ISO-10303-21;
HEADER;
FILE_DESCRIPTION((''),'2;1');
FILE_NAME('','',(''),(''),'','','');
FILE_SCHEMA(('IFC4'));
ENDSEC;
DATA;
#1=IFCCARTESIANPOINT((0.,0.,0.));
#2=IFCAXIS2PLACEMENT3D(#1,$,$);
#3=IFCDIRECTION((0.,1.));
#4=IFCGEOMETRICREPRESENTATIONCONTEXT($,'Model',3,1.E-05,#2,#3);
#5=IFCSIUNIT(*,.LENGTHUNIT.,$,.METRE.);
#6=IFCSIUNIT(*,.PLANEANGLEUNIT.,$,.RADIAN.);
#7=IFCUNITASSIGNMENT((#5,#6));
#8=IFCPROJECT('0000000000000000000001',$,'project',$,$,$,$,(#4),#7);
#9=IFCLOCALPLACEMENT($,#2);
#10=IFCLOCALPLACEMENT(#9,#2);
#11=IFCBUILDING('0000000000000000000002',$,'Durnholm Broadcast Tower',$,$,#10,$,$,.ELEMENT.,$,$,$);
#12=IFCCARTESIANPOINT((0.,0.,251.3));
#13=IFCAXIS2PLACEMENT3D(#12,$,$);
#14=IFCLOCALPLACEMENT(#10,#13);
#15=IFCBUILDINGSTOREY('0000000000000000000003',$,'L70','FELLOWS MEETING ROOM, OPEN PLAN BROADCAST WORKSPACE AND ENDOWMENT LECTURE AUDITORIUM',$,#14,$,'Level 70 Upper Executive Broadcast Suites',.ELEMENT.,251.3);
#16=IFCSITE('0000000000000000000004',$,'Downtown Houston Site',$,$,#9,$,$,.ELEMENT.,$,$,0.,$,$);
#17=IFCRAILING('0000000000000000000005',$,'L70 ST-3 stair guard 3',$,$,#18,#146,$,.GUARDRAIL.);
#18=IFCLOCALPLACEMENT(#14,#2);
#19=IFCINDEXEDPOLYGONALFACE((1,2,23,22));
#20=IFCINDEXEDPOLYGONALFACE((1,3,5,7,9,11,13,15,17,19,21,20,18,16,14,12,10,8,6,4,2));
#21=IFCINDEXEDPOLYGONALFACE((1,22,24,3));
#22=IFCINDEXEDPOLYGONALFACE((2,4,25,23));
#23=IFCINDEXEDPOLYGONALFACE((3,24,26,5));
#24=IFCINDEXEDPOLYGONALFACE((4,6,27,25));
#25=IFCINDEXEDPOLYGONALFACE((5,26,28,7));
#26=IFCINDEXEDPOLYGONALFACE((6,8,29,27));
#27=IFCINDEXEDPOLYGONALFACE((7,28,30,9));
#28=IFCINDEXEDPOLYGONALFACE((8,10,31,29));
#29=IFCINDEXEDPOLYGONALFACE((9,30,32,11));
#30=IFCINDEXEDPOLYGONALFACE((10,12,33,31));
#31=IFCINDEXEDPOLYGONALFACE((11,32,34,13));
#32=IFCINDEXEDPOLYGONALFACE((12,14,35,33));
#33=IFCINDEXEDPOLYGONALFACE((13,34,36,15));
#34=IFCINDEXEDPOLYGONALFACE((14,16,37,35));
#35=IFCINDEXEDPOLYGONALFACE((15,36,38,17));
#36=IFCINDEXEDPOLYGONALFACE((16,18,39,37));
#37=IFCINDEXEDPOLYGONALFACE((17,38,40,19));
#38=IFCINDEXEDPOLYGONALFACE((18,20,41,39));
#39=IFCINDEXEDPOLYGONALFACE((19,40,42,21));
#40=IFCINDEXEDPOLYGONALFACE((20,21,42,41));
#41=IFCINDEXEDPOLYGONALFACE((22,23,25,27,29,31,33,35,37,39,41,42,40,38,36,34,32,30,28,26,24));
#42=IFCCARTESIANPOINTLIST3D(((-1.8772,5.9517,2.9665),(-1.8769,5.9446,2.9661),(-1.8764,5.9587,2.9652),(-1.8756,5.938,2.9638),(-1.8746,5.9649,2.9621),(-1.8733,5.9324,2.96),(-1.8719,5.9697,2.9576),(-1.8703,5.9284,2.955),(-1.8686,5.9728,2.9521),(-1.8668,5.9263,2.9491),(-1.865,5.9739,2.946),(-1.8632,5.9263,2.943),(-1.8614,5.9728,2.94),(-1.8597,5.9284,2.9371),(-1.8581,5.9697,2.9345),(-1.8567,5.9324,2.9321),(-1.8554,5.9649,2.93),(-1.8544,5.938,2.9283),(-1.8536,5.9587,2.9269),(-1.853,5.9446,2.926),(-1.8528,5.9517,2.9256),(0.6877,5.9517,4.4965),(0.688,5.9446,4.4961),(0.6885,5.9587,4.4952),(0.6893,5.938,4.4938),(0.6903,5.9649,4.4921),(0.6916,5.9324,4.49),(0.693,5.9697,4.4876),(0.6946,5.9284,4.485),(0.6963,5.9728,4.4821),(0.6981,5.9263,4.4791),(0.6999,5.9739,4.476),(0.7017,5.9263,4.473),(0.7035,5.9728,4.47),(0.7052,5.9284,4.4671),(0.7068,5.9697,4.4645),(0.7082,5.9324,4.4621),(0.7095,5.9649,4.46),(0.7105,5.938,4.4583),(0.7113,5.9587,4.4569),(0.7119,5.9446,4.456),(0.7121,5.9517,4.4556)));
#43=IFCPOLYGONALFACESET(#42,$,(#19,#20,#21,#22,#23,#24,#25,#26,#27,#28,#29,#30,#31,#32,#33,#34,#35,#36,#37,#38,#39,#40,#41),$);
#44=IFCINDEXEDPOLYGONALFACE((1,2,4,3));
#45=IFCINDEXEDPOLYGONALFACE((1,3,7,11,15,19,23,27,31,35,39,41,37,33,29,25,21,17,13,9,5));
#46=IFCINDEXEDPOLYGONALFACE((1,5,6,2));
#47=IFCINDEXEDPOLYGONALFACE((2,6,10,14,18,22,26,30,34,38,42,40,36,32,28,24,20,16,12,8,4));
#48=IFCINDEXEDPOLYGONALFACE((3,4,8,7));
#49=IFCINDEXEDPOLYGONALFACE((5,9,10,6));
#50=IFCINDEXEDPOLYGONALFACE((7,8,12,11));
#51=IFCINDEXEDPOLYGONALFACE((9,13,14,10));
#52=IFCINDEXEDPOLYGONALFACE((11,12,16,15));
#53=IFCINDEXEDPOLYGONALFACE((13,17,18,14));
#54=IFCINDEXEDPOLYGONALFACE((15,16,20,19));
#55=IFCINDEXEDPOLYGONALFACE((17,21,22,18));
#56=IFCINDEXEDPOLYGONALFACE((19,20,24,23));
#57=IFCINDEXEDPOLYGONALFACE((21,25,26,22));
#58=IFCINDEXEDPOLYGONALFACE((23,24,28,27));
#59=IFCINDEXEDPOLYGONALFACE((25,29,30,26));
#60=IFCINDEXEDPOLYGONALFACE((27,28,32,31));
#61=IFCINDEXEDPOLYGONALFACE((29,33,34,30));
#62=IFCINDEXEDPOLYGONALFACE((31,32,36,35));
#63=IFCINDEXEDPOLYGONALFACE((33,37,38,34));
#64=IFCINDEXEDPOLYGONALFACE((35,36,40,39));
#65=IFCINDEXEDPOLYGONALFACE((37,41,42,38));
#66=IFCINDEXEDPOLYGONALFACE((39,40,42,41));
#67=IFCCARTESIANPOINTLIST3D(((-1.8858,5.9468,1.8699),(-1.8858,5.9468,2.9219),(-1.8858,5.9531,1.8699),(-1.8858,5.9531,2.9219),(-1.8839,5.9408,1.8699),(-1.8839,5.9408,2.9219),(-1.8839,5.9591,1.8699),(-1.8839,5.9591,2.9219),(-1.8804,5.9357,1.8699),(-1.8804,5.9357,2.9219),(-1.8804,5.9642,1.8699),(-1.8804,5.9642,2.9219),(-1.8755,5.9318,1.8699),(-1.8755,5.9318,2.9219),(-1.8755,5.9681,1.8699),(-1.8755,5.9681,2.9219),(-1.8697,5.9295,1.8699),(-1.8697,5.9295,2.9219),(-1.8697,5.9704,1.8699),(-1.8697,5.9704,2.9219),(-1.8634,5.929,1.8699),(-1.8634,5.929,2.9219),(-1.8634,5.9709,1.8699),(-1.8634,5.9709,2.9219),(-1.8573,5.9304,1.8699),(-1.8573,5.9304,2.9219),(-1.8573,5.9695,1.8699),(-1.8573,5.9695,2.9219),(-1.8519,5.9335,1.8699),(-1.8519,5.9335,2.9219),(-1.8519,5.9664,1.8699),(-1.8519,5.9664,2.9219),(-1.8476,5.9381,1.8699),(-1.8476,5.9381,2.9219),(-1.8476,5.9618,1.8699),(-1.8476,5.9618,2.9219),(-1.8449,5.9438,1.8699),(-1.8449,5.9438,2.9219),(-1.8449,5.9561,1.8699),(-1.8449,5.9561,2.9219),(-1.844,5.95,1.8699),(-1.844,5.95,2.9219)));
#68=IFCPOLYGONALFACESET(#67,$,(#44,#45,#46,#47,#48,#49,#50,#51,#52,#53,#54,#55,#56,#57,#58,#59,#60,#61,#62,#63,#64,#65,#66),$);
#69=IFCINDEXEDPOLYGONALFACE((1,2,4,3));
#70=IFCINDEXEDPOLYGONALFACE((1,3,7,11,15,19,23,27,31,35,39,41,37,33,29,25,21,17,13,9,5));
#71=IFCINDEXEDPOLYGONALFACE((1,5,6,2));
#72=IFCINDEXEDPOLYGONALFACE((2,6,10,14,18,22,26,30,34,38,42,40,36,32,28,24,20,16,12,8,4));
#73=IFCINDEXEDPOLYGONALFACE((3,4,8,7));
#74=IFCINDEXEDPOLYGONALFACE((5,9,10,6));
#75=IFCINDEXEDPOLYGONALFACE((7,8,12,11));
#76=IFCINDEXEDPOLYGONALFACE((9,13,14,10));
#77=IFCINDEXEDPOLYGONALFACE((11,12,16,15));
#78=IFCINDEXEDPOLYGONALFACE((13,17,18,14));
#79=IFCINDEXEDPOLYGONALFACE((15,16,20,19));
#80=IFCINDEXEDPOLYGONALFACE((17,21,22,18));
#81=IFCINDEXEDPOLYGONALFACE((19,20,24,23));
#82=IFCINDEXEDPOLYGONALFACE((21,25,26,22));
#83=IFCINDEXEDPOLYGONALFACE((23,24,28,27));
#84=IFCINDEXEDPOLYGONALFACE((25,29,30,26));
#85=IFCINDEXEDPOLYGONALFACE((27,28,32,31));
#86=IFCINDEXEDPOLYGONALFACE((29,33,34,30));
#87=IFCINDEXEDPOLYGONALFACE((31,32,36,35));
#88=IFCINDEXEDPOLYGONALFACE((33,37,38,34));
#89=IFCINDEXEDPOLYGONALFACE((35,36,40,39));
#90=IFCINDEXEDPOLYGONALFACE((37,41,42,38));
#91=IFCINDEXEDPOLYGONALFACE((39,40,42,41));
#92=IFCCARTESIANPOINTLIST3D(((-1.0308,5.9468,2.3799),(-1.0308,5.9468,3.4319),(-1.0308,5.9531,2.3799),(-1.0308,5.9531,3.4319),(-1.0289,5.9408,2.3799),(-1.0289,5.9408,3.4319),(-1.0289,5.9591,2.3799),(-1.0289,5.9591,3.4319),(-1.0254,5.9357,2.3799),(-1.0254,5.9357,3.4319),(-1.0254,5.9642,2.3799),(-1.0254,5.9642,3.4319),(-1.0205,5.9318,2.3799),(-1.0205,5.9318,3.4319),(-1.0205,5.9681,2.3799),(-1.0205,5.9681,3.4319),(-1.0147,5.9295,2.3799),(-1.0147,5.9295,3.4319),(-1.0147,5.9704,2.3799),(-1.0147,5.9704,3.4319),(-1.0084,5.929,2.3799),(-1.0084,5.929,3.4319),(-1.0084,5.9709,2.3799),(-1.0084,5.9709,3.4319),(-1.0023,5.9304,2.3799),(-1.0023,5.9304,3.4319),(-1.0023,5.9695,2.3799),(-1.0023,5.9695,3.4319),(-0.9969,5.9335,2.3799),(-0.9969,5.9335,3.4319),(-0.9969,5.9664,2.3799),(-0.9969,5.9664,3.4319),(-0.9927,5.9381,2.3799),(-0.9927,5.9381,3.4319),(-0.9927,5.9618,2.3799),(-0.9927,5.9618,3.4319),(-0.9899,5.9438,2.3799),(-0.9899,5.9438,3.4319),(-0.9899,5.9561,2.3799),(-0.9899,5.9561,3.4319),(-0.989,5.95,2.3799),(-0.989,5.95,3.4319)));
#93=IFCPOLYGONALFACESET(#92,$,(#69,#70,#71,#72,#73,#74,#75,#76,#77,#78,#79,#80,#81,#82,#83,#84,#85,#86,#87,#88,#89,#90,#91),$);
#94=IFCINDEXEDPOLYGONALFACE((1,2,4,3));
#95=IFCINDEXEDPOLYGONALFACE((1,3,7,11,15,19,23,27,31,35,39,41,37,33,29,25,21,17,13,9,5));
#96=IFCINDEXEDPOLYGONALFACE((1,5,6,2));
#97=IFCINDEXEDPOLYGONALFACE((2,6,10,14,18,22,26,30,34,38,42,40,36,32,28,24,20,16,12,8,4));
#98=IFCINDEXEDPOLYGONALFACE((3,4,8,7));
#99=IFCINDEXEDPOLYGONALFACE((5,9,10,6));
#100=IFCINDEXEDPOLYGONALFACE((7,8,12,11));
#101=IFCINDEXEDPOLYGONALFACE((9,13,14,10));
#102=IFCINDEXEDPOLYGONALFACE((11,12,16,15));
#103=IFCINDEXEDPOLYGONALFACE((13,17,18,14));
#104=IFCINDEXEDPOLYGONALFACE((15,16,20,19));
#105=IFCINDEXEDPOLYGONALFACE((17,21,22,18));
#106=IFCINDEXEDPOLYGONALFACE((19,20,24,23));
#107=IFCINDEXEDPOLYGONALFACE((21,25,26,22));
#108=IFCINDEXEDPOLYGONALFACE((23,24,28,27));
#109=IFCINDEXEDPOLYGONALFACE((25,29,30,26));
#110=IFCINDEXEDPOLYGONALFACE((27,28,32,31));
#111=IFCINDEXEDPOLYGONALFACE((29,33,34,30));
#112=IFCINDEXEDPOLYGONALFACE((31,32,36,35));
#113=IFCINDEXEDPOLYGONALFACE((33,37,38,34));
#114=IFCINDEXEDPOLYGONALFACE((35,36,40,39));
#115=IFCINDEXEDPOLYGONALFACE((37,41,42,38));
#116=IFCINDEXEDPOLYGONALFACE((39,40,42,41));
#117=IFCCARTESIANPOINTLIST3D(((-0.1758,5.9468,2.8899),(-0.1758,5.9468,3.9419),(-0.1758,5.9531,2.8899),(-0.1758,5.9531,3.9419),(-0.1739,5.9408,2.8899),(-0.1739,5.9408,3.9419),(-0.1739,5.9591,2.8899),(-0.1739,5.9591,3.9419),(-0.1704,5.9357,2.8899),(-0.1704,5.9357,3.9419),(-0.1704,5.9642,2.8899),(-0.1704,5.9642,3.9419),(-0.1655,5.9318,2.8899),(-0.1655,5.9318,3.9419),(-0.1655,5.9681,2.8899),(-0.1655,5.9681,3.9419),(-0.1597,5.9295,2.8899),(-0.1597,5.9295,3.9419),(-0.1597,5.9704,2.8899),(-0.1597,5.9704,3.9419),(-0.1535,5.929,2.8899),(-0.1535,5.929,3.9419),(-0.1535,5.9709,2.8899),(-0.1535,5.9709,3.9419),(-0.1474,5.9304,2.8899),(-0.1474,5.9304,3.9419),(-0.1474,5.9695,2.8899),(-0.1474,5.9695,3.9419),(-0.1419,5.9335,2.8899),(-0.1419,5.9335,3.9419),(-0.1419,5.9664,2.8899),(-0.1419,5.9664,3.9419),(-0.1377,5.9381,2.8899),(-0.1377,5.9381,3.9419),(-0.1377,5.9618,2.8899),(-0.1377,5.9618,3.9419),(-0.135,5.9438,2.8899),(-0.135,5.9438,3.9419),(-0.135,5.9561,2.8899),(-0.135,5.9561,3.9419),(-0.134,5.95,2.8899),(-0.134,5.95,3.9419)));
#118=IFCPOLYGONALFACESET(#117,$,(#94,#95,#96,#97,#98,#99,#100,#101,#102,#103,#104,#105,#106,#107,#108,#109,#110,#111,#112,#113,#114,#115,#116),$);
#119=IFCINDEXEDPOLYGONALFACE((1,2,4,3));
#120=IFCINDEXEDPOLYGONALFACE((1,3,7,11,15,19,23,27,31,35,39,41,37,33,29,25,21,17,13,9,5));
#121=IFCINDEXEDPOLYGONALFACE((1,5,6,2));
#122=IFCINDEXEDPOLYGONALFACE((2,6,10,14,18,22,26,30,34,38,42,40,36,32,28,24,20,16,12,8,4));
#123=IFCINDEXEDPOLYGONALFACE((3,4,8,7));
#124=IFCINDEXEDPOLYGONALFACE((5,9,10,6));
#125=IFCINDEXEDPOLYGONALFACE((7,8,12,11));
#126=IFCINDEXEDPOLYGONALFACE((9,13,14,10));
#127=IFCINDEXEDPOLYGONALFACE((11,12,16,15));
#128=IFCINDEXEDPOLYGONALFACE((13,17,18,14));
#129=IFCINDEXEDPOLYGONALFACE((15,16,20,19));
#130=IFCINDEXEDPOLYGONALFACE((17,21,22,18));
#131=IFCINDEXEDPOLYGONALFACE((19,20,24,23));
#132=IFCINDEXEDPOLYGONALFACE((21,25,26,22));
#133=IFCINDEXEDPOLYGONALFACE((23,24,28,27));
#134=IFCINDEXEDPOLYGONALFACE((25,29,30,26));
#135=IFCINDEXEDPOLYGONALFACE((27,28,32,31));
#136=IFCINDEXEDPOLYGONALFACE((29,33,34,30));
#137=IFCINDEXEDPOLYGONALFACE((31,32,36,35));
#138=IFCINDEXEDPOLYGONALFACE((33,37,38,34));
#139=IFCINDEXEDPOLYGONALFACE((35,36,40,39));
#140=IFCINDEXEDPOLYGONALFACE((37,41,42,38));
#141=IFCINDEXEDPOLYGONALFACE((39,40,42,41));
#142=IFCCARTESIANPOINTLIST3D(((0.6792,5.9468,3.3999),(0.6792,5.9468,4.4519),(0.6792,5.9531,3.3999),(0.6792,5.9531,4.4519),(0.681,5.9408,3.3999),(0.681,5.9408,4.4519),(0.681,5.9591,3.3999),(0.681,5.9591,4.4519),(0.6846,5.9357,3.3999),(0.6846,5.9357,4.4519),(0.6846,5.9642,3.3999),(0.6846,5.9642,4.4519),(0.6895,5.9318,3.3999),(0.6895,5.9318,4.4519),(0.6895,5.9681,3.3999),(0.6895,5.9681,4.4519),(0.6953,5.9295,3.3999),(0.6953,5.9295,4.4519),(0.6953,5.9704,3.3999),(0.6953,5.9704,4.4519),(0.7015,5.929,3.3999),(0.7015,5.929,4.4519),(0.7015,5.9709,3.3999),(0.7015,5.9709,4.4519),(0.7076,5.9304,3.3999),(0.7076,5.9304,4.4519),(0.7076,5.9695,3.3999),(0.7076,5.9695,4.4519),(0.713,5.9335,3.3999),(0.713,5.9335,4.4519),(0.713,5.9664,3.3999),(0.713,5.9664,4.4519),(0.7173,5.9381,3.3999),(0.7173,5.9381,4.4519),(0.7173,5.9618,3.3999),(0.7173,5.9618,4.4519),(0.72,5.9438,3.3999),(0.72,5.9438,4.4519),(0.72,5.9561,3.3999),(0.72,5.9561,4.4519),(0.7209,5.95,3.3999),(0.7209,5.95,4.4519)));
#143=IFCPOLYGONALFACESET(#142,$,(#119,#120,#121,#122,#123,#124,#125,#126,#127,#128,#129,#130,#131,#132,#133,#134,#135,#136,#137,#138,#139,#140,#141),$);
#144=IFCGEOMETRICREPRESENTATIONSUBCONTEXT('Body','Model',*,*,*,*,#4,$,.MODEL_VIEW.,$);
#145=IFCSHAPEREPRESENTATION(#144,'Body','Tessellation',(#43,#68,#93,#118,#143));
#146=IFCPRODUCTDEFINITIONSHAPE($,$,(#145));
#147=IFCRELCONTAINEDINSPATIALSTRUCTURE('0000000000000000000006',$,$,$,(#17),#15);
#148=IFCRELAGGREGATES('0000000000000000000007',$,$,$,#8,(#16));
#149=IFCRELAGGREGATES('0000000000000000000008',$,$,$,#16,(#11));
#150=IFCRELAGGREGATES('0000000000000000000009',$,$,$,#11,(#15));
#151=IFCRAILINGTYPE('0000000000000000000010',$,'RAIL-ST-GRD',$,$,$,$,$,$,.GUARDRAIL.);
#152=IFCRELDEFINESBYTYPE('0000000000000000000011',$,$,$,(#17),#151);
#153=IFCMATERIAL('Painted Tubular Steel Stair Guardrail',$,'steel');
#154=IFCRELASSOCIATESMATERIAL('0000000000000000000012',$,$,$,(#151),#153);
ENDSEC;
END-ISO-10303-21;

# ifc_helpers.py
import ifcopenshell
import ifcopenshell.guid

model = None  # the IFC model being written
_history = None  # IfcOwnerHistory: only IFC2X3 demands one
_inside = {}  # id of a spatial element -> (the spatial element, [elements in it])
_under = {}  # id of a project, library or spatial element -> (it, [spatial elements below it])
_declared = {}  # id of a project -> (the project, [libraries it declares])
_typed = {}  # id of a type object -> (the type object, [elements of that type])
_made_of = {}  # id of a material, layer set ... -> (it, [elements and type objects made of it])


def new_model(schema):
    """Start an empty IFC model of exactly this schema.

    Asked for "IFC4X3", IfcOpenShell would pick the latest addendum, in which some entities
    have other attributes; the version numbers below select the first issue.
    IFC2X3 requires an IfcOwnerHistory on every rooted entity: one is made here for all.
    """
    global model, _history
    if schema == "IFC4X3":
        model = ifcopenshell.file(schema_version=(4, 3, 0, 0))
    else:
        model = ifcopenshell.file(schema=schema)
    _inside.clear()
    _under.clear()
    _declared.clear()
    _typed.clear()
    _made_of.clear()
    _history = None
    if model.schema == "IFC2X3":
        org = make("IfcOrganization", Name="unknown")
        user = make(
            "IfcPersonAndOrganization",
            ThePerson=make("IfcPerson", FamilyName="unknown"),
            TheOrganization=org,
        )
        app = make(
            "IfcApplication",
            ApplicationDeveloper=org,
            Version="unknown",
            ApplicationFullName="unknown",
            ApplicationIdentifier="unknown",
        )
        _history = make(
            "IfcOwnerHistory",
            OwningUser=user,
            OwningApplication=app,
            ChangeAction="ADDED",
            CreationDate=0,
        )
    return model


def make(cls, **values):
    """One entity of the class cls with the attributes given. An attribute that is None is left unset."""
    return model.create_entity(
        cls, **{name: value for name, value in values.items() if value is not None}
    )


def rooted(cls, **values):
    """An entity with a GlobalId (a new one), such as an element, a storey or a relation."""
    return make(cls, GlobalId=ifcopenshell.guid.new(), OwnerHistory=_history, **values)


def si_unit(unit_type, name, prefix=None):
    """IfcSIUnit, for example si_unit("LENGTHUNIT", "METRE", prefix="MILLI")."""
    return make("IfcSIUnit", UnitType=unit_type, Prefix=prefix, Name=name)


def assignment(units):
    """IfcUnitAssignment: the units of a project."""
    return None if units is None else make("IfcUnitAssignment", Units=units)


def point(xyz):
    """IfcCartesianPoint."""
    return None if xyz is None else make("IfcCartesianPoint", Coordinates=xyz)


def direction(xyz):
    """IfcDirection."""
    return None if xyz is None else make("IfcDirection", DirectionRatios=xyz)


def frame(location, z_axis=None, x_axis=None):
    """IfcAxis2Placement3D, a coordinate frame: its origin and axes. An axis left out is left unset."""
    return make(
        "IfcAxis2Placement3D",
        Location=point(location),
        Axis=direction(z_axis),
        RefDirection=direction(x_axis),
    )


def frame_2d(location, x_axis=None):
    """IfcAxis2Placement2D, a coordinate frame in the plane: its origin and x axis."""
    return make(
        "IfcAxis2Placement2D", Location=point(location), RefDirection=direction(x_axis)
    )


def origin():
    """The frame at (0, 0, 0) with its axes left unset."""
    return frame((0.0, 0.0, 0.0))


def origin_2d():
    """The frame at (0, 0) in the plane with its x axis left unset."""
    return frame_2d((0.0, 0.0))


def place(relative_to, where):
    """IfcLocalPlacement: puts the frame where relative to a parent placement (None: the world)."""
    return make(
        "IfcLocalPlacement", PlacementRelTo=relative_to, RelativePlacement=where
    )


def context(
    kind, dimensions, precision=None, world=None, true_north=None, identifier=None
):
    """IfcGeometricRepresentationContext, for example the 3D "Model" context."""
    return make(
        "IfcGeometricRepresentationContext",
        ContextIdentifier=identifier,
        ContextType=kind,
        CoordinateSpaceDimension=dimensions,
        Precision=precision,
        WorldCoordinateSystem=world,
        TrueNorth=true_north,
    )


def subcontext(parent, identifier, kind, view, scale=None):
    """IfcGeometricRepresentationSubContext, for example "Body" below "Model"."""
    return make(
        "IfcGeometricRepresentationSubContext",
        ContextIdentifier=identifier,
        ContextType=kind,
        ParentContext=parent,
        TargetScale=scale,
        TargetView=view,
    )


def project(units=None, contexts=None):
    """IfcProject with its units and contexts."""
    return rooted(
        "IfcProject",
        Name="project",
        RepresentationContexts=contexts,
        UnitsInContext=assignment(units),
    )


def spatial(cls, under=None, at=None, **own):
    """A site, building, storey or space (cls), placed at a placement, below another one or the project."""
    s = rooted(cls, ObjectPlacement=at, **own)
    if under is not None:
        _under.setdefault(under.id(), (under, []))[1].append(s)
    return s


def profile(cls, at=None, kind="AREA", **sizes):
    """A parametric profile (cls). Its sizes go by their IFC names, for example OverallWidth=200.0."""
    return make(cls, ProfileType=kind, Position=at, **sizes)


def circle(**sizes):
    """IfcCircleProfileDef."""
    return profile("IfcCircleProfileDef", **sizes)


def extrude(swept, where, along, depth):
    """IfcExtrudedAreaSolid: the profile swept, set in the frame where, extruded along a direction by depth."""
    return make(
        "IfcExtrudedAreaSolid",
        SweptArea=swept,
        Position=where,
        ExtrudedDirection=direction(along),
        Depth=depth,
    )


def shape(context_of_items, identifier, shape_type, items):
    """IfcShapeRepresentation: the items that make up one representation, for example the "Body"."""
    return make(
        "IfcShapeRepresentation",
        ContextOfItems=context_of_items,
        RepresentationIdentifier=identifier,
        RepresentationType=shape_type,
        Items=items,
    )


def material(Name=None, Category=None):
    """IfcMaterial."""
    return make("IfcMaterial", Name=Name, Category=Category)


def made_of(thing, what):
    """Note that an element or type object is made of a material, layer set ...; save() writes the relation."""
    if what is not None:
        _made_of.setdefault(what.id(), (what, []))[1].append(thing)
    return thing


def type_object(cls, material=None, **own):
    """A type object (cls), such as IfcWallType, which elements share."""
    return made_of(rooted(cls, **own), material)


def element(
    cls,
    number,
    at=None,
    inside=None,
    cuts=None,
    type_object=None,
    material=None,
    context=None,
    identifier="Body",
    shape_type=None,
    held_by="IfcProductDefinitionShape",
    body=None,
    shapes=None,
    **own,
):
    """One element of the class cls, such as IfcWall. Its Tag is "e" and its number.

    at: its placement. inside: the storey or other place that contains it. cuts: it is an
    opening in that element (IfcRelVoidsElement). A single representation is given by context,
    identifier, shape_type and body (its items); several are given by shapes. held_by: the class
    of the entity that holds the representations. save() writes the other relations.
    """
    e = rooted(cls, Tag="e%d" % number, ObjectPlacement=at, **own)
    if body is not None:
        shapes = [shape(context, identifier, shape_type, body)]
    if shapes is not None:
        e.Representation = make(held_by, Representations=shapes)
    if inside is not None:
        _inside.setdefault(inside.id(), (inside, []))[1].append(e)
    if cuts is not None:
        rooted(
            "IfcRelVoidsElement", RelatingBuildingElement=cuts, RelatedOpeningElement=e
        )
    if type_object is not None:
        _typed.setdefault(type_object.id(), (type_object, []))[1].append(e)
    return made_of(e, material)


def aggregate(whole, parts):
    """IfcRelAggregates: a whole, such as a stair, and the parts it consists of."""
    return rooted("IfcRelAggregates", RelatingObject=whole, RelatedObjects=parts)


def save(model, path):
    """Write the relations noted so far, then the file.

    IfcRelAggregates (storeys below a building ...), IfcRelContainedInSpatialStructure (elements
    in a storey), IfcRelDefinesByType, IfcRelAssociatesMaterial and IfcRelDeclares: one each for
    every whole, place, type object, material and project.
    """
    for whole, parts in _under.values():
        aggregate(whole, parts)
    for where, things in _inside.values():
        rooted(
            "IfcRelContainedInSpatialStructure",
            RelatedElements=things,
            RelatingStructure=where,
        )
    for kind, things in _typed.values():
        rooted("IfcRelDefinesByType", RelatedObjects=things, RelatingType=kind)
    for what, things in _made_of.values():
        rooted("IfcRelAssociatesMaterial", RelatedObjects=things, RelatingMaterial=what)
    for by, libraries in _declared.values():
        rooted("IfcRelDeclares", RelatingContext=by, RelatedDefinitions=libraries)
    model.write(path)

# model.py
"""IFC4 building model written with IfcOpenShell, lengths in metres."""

from ifc_helpers import new_model, si_unit, direction, frame, origin, origin_2d, place, context, subcontext, project, spatial, circle, extrude, material, type_object, element, save


model = new_model("IFC4")

# Units and contexts
model_context = context("Model", 3, precision=1e-05, world=origin(), true_north=direction((0.0, 1.0)))
body_context = subcontext(model_context, "Body", "Model", "MODEL_VIEW")
ifc_project = project(units=[si_unit("LENGTHUNIT", "METRE"), si_unit("PLANEANGLEUNIT", "RADIAN")], contexts=[model_context])

# Site, building, storey
site_placement = place(None, origin())
site = spatial("IfcSite", under=ifc_project, at=site_placement, Name="Downtown Houston Site", CompositionType="ELEMENT", RefElevation=0.0)
building_placement = place(site_placement, origin())
building = spatial("IfcBuilding", under=site, at=building_placement, Name="Durnholm Broadcast Tower", CompositionType="ELEMENT")
storey_placement = place(building_placement, frame((0.0, 0.0, 251.3)))
storey = spatial("IfcBuildingStorey", under=building, at=storey_placement, Name="L70", Description="FELLOWS MEETING ROOM, OPEN PLAN BROADCAST WORKSPACE AND ENDOWMENT LECTURE AUDITORIUM", LongName="Level 70 Upper Executive Broadcast Suites", CompositionType="ELEMENT", Elevation=251.3)

# Railing
ifc_material_1 = material(Name="Painted Tubular Steel Stair Guardrail", Category="steel")
railing_type_1 = type_object("IfcRailingType", Name="RAIL-ST-GRD", PredefinedType="GUARDRAIL", material=ifc_material_1)
railing_1_placement = place(storey_placement, frame((-1.865, 5.95, 1.8699)))
element("IfcRailing", 1, at=railing_1_placement, inside=storey, type_object=railing_type_1, Name="L70 ST-3 stair guard 3", PredefinedType="GUARDRAIL", context=body_context, shape_type="SweptSolid", body=[
    extrude(circle(Radius=0.0239, at=origin_2d()), frame((0.0, 0.0, 1.0762), z_axis=(0.85881, 0.0, 0.512294), x_axis=(0.0, 1.0, 0.0)), (0.0, 0.0, 1.0), 2.9866),
    extrude(circle(Radius=0.021, at=origin_2d()), origin(), (0.0, 0.0, 1.0), 1.052),
    extrude(circle(Radius=0.021, at=origin_2d()), frame((0.855, 0.0, 0.51)), (0.0, 0.0, 1.0), 1.052),
    extrude(circle(Radius=0.021, at=origin_2d()), frame((1.71, 0.0, 1.02)), (0.0, 0.0, 1.0), 1.052),
    extrude(circle(Radius=0.021, at=origin_2d()), frame((2.5649, 0.0, 1.53)), (0.0, 0.0, 1.0), 1.052),
])

save(model, "model.ifc")
